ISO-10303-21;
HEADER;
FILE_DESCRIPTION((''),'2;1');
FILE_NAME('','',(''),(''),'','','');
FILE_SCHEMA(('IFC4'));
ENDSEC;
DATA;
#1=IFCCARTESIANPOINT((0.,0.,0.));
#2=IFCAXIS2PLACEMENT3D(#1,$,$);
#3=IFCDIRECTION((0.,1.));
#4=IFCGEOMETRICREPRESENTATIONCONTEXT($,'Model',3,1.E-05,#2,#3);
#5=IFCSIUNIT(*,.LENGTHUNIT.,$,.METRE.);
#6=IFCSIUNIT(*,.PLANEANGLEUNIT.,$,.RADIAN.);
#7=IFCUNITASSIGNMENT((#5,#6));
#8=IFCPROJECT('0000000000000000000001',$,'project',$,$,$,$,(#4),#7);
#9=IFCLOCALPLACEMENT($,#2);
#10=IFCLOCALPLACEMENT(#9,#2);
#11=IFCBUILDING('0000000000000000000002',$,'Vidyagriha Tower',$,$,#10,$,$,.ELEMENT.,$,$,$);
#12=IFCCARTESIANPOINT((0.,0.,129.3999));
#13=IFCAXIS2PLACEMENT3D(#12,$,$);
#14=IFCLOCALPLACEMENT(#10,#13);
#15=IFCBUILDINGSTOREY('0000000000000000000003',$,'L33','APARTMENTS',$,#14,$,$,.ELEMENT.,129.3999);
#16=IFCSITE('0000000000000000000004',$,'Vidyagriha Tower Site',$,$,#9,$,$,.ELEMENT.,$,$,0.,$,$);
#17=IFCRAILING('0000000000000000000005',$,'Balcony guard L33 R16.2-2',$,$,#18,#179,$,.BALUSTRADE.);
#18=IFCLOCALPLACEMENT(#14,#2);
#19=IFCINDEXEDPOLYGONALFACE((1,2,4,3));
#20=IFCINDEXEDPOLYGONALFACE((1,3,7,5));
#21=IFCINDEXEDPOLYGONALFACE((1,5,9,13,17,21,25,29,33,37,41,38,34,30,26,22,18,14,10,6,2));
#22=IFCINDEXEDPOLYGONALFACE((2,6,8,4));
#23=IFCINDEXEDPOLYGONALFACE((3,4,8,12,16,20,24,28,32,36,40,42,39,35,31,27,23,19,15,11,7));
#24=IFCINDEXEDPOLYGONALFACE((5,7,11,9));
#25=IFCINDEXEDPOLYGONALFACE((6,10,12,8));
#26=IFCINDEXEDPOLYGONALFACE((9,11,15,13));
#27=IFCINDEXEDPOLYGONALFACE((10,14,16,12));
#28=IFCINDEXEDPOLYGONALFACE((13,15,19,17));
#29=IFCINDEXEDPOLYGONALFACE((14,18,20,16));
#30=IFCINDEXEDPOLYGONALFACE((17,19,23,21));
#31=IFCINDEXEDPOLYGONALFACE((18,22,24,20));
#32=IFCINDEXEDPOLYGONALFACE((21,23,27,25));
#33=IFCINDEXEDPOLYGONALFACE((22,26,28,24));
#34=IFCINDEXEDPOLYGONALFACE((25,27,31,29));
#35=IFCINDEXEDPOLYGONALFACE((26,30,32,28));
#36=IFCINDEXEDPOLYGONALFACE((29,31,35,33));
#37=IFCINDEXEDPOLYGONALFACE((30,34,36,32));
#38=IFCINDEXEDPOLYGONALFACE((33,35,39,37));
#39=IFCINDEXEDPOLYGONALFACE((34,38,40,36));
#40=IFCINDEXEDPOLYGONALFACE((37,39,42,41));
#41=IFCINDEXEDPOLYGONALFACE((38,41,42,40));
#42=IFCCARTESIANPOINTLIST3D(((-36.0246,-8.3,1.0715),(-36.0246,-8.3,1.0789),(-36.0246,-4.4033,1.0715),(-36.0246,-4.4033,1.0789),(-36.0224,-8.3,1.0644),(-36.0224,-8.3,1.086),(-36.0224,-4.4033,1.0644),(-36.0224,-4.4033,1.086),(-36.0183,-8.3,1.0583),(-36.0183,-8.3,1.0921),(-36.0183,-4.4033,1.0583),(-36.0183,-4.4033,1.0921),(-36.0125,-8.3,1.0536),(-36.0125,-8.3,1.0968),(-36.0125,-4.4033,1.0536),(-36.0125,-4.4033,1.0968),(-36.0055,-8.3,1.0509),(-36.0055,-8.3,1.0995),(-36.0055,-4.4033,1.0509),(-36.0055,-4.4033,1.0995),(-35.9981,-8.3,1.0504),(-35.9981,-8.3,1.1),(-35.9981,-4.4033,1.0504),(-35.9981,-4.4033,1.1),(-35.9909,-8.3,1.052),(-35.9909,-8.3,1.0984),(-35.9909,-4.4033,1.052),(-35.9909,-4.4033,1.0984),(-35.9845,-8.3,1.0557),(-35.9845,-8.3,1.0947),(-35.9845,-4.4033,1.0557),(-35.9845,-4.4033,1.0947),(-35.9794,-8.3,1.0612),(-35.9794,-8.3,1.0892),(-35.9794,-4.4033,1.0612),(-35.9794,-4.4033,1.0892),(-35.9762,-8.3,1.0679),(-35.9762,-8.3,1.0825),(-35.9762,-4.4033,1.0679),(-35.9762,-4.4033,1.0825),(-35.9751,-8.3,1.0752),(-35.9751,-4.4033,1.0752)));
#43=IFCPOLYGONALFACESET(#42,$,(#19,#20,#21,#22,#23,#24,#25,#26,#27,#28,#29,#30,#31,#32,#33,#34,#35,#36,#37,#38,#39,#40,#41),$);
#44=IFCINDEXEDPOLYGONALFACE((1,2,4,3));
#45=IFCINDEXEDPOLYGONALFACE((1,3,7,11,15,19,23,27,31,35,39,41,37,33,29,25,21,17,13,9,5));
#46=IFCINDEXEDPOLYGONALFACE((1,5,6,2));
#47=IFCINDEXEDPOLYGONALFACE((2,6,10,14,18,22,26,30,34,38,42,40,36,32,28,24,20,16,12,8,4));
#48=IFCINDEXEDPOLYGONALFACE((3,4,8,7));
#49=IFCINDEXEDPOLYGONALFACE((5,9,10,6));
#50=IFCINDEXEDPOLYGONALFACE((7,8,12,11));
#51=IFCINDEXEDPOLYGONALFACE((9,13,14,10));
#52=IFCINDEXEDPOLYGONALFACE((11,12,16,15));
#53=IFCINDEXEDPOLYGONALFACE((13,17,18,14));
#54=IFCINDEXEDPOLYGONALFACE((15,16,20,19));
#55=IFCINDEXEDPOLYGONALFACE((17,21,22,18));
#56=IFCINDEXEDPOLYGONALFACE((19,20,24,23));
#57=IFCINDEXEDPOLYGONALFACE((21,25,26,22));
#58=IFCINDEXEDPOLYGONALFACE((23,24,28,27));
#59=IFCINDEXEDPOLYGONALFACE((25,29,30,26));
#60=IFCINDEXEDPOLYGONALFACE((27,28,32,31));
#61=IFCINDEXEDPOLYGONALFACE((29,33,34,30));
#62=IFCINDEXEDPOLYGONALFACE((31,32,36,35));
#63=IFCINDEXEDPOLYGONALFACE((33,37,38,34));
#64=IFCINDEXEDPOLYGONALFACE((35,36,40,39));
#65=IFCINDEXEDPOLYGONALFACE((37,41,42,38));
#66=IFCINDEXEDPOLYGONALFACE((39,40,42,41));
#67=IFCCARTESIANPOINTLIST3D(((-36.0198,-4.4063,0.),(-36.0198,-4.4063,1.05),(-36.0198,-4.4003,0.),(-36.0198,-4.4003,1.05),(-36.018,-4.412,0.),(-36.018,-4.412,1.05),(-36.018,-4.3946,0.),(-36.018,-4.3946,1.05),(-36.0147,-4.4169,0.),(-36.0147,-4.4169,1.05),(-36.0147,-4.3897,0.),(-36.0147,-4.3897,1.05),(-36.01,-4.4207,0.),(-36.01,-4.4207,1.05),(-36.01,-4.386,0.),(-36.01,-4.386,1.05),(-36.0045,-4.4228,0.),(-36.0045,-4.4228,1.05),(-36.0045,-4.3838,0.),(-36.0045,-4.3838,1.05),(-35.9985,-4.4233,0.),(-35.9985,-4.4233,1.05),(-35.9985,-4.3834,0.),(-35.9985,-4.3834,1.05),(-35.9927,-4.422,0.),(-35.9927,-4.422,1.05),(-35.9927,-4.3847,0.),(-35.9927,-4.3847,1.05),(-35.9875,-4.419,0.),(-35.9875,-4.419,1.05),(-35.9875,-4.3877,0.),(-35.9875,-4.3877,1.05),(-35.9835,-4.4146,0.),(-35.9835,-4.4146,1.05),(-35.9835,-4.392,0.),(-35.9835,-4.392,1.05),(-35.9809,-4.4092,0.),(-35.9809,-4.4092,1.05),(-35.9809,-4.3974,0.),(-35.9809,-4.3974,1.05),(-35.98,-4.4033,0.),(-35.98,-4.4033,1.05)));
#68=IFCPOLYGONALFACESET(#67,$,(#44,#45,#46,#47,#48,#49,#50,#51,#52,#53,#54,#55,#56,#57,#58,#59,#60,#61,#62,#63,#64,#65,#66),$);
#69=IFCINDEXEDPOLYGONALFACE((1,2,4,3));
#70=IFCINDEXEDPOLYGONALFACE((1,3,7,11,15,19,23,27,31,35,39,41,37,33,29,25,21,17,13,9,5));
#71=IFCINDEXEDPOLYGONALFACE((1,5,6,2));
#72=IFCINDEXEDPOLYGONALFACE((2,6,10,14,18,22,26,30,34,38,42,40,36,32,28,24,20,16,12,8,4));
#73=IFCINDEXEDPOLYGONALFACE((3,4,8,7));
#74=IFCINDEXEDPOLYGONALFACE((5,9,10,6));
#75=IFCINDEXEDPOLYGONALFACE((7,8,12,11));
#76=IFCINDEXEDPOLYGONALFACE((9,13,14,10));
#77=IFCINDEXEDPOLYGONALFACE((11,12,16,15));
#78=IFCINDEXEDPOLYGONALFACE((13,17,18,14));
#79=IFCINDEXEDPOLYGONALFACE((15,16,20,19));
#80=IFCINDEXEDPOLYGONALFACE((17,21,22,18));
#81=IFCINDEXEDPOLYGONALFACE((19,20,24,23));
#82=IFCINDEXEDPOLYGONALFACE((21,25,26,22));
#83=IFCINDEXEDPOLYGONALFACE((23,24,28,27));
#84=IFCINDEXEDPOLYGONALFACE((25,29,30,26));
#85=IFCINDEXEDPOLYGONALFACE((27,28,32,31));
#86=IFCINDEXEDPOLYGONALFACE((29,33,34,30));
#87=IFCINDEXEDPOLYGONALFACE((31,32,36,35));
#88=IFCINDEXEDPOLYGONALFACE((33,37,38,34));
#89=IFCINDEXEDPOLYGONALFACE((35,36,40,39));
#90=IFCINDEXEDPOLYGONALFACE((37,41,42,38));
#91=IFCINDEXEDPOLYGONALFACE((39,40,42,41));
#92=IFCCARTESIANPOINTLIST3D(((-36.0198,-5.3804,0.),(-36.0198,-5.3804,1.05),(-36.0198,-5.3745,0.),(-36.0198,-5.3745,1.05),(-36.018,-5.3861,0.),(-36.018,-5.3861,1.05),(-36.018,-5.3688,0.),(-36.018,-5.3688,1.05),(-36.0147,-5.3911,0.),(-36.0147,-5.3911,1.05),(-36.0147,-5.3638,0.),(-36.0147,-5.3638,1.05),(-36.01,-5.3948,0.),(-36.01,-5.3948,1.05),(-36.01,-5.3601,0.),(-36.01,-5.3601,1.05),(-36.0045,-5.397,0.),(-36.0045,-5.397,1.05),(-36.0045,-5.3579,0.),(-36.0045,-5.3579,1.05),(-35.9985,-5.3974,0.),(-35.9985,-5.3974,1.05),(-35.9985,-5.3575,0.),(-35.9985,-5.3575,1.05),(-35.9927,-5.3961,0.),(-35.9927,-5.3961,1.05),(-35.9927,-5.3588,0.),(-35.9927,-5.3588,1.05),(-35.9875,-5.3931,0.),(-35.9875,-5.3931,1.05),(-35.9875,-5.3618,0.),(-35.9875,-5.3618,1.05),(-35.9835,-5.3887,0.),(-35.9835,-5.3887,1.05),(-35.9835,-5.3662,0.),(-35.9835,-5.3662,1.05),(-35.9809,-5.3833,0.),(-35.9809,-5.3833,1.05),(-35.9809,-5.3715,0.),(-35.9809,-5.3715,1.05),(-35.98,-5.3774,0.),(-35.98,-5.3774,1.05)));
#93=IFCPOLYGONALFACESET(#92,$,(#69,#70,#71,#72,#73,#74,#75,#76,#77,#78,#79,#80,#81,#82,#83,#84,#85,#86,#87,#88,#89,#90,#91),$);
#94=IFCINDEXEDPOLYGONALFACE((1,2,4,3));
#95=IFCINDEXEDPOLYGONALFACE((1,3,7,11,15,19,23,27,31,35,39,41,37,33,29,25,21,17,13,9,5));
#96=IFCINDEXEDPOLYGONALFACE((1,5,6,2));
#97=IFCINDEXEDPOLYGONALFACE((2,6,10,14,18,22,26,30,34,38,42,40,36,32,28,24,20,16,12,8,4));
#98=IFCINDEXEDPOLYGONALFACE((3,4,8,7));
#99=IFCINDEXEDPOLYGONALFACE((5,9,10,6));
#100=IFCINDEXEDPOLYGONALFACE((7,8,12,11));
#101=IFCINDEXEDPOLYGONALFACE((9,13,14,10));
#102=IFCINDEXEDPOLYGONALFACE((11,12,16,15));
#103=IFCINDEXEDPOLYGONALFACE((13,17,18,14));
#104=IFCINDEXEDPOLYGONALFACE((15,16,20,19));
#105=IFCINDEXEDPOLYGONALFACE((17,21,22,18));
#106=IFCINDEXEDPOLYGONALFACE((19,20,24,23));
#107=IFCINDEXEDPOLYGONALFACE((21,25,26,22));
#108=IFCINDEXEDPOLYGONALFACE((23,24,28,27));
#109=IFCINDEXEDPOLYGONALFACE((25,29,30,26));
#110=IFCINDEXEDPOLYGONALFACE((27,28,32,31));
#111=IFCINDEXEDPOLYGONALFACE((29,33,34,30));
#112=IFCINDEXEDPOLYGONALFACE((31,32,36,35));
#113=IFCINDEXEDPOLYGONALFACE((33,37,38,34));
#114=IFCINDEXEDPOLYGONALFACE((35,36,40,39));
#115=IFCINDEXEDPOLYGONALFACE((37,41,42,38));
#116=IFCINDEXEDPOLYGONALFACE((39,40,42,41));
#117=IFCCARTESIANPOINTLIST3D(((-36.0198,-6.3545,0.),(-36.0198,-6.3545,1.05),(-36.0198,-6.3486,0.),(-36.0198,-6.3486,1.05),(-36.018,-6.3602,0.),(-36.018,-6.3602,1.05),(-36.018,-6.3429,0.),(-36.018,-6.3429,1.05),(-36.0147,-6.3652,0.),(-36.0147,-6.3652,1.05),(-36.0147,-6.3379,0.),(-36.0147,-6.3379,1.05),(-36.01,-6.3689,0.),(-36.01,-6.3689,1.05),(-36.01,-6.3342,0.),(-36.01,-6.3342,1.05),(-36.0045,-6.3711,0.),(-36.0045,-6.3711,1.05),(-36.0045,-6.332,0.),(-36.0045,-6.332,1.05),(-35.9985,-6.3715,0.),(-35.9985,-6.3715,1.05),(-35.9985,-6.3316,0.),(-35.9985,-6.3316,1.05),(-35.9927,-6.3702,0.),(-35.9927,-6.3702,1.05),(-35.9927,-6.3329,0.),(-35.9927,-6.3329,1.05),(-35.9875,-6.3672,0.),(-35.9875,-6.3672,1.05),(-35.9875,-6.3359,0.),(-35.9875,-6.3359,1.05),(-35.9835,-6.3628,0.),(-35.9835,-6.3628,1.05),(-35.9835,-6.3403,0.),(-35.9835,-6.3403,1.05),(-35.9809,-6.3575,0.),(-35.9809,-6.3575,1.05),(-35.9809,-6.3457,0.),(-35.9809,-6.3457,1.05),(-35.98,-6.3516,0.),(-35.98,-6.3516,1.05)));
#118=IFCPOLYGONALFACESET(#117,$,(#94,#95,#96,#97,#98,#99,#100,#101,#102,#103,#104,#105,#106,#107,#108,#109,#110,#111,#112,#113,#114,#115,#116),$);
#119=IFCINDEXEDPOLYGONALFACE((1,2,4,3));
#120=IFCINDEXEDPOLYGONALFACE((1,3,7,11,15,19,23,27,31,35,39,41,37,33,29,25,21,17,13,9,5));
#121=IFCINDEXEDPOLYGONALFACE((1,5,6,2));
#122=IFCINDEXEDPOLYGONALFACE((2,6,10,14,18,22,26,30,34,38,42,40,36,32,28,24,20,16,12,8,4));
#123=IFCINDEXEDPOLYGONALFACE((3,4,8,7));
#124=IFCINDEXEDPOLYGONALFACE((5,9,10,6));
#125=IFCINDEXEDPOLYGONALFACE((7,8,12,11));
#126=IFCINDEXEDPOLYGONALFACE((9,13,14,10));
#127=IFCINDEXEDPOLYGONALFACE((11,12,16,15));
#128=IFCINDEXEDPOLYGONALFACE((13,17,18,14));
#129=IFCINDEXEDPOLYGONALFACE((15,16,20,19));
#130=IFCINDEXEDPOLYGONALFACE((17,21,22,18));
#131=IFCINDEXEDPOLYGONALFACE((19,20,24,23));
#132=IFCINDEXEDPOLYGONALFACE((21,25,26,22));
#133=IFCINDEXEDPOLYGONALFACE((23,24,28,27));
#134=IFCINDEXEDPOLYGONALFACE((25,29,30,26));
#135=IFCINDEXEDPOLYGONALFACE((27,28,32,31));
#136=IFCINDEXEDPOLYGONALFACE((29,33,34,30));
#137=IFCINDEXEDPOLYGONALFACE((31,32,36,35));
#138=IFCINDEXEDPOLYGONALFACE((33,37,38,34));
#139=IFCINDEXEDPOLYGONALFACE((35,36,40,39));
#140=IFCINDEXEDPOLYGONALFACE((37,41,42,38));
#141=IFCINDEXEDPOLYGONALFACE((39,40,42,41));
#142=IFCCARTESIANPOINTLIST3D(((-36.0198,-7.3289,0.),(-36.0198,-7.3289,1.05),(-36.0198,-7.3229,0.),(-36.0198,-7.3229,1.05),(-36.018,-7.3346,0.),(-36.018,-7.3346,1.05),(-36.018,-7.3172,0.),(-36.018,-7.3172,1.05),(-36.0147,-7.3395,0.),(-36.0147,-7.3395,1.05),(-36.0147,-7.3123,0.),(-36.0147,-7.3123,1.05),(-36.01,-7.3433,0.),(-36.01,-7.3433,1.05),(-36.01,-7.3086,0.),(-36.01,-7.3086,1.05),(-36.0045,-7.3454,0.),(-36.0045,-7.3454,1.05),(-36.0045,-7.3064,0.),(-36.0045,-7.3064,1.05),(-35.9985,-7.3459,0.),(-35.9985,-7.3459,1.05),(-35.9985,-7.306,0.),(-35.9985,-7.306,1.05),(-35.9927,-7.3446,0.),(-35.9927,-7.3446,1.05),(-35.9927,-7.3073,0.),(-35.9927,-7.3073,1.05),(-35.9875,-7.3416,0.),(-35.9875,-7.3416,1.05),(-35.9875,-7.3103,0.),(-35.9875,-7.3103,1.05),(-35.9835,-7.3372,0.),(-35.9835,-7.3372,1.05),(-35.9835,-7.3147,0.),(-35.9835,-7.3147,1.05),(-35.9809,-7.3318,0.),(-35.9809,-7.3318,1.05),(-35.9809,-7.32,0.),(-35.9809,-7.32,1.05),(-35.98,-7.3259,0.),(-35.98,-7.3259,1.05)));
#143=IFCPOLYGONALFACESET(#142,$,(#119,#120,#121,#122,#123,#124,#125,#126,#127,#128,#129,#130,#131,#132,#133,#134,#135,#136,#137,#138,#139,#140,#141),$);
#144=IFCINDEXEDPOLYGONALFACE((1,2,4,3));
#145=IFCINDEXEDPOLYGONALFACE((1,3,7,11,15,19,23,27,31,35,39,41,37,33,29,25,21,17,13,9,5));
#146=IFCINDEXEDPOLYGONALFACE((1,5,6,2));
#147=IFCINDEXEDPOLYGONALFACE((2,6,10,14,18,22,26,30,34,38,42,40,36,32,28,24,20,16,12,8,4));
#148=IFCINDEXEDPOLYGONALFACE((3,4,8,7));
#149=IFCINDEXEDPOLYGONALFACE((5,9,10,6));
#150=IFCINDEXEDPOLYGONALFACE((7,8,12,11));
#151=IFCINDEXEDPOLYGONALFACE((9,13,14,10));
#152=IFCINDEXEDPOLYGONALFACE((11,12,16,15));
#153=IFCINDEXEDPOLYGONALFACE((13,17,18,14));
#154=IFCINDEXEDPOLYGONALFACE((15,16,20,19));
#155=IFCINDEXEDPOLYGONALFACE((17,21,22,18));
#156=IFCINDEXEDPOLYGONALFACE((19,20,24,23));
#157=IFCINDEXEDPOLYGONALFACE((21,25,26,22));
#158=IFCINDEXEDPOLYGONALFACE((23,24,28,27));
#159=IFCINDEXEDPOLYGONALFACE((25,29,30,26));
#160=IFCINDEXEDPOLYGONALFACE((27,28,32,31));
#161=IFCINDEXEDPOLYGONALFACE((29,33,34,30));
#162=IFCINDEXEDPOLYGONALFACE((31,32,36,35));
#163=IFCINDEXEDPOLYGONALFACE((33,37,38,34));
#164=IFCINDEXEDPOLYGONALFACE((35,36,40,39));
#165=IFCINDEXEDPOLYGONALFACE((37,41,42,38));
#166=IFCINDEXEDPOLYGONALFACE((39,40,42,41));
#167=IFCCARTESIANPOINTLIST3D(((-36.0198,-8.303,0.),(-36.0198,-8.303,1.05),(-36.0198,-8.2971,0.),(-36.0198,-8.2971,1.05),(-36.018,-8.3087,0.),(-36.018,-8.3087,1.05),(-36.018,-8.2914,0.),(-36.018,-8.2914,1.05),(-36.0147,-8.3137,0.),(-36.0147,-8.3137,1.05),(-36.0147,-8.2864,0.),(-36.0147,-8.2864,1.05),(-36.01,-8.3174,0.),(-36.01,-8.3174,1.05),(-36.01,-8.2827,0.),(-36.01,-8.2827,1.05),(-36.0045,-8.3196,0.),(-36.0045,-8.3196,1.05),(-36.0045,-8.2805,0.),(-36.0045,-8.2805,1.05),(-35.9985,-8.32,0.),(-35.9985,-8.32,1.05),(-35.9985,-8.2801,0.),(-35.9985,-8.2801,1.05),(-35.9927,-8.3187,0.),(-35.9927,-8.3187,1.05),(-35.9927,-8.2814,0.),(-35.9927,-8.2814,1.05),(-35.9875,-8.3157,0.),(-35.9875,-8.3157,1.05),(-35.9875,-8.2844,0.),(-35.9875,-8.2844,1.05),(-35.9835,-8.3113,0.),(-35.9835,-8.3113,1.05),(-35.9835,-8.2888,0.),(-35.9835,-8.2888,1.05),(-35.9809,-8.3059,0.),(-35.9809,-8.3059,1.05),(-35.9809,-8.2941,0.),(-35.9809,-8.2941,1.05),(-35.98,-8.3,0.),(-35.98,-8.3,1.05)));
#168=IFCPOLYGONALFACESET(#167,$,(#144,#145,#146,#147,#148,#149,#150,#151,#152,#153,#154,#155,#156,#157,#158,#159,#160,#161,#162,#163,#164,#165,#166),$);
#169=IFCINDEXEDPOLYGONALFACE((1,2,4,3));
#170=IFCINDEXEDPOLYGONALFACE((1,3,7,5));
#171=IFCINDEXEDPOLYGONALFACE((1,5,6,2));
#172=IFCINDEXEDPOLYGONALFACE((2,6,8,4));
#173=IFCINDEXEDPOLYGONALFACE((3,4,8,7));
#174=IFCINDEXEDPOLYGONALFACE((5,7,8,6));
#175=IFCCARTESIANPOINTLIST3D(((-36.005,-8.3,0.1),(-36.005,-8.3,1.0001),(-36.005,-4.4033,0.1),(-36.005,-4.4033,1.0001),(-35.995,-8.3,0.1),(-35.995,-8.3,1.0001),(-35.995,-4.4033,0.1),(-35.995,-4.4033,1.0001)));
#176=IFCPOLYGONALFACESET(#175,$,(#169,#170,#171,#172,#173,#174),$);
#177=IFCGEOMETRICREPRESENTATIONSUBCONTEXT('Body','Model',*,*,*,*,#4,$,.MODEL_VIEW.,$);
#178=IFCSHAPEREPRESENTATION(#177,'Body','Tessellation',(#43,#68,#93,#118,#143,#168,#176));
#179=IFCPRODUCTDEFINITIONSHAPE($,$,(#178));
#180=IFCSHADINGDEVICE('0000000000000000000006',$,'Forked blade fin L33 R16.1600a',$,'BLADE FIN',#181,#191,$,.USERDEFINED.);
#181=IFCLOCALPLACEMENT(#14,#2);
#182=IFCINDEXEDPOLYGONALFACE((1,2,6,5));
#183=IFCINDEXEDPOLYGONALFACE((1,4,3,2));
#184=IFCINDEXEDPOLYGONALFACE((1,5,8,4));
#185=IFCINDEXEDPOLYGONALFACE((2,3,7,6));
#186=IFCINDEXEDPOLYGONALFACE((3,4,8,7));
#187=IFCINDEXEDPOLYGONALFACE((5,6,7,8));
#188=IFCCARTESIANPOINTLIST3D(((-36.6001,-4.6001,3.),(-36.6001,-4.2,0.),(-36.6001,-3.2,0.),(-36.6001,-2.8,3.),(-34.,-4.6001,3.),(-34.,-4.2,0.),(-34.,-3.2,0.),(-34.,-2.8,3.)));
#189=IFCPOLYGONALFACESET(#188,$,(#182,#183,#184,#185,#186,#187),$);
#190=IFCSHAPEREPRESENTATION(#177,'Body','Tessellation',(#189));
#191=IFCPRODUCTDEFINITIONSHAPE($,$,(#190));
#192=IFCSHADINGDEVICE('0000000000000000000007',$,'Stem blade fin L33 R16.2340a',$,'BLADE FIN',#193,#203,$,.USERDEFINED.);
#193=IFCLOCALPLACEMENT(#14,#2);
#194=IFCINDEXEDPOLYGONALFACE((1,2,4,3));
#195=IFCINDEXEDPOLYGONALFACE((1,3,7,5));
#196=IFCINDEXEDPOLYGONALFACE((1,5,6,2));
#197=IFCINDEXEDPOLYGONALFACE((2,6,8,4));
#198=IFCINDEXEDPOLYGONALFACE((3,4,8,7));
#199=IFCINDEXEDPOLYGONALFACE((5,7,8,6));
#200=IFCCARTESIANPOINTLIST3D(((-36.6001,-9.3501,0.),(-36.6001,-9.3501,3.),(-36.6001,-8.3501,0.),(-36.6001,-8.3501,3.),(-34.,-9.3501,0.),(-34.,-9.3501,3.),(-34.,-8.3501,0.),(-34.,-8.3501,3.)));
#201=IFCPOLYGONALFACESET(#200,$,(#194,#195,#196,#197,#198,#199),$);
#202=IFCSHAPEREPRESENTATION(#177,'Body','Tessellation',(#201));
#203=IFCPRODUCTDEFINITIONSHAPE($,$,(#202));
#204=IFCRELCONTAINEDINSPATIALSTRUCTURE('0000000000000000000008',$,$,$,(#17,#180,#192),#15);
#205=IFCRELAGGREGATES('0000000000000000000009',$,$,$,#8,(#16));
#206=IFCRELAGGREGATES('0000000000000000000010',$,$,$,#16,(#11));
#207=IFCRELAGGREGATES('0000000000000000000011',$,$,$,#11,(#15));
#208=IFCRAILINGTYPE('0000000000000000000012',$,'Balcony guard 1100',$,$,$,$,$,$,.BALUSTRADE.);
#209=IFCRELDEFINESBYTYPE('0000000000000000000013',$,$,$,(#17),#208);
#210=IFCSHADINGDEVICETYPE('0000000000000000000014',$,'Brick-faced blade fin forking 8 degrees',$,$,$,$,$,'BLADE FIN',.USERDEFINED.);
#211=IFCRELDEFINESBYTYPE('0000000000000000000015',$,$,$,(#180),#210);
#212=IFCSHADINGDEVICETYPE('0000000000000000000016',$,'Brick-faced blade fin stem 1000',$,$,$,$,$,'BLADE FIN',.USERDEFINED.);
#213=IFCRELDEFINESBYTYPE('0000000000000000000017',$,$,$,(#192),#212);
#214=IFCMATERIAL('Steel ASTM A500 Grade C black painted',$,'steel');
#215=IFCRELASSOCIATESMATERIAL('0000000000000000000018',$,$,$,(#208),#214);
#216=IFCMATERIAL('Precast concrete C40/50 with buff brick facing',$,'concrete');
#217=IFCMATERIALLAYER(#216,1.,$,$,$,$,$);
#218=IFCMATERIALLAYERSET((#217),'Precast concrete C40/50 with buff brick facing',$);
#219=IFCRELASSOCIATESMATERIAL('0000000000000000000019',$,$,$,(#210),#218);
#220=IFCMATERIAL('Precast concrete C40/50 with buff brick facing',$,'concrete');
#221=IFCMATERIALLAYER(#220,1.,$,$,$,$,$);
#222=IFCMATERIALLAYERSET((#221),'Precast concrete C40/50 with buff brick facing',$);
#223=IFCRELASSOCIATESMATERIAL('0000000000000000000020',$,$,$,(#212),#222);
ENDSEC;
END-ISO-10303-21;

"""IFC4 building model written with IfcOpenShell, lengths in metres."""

from ifc_helpers import new_model, si_unit, direction, frame, origin, origin_2d, place, context, subcontext, project, spatial, polyline, rectangle, circle, outline, extrude, material, layer, layer_set, type_object, element, save


model = new_model("IFC4")

# Units and contexts
model_context = context("Model", 3, precision=1e-05, world=origin(), true_north=direction((0.0, 1.0)))
body_context = subcontext(model_context, "Body", "Model", "MODEL_VIEW")
ifc_project = project(units=[si_unit("LENGTHUNIT", "METRE"), si_unit("PLANEANGLEUNIT", "RADIAN")], contexts=[model_context])

# Site, building, storey
site_placement = place(None, origin())
site = spatial("IfcSite", under=ifc_project, at=site_placement, Name="Vidyagriha Tower Site", CompositionType="ELEMENT", RefElevation=0.0)
building_placement = place(site_placement, origin())
building = spatial("IfcBuilding", under=site, at=building_placement, Name="Vidyagriha Tower", CompositionType="ELEMENT")
storey_placement = place(building_placement, frame((0.0, 0.0, 129.3999)))
storey = spatial("IfcBuildingStorey", under=building, at=storey_placement, Name="L33", Description="APARTMENTS", CompositionType="ELEMENT", Elevation=129.3999)

# Railing
ifc_material_1 = material(Name="Steel ASTM A500 Grade C black painted", Category="steel")
railing_type_1 = type_object("IfcRailingType", Name="Balcony guard 1100", PredefinedType="BALUSTRADE", material=ifc_material_1)
railing_1_placement = place(storey_placement, frame((-36.0, -4.4033, 0.0)))
element("IfcRailing", 1, at=railing_1_placement, inside=storey, type_object=railing_type_1, Name="Balcony guard L33 R16.2-2", PredefinedType="BALUSTRADE", context=body_context, shape_type="SweptSolid", body=[
    extrude(circle(Radius=0.0249, at=origin_2d()), frame((0.0, 0.0, 1.0752), z_axis=(0.0, -1.0, 0.0), x_axis=(1.0, 0.0, 0.0)), (0.0, 0.0, 1.0), 3.8967),
    extrude(circle(Radius=0.02, at=origin_2d()), origin(), (0.0, 0.0, 1.0), 1.05),
    extrude(circle(Radius=0.02, at=origin_2d()), frame((0.0, -0.9741, 0.0)), (0.0, 0.0, 1.0), 1.05),
    extrude(circle(Radius=0.02, at=origin_2d()), frame((0.0, -1.9482, 0.0)), (0.0, 0.0, 1.0), 1.05),
    extrude(circle(Radius=0.02, at=origin_2d()), frame((0.0, -2.9226, 0.0)), (0.0, 0.0, 1.0), 1.05),
    extrude(circle(Radius=0.02, at=origin_2d()), frame((0.0, -3.8967, 0.0)), (0.0, 0.0, 1.0), 1.05),
    extrude(rectangle(XDim=0.01, YDim=0.9001, at=origin_2d()), frame((0.0, 0.0, 0.55), z_axis=(0.0, -1.0, 0.0), x_axis=(1.0, 0.0, 0.0)), (0.0, 0.0, 1.0), 3.8967),
])

# Shading devices
ifc_material_2 = material(Name="Precast concrete C40/50 with buff brick facing", Category="concrete")
ifc_layer_1 = layer(ifc_material_2, 1.0)
ifc_layer_set_1 = layer_set([ifc_layer_1], Name="Precast concrete C40/50 with buff brick facing")
shading_device_type_1 = type_object("IfcShadingDeviceType", Name="Brick-faced blade fin forking 8 degrees", ElementType="BLADE FIN", PredefinedType="USERDEFINED", material=ifc_layer_set_1)
shading_device_1_placement = place(storey_placement, frame((-35.3, -2.8, 0.0), z_axis=(0.0, 0.0, 1.0), x_axis=(0.0, -1.0, 0.0)))
element("IfcShadingDevice", 2, at=shading_device_1_placement, inside=storey, type_object=shading_device_type_1, Name="Forked blade fin L33 R16.1600a", ObjectType="BLADE FIN", PredefinedType="USERDEFINED", context=body_context, shape_type="SweptSolid", body=[
    extrude(outline(polyline([(0.3999, 0.0), (1.3999, 0.0), (1.8, 3.0), (0.0, 3.0), (0.3999, 0.0)])), frame((0.0, 1.3, 0.0), z_axis=(0.0, -1.0, 0.0), x_axis=(1.0, 0.0, 0.0)), (0.0, 0.0, 1.0), 2.6001),
])
ifc_material_3 = material(Name="Precast concrete C40/50 with buff brick facing", Category="concrete")
ifc_layer_2 = layer(ifc_material_3, 1.0)
ifc_layer_set_2 = layer_set([ifc_layer_2], Name="Precast concrete C40/50 with buff brick facing")
shading_device_type_2 = type_object("IfcShadingDeviceType", Name="Brick-faced blade fin stem 1000", ElementType="BLADE FIN", PredefinedType="USERDEFINED", material=ifc_layer_set_2)
shading_device_2_placement = place(storey_placement, frame((-35.3, -8.3501, 0.0), z_axis=(0.0, 0.0, 1.0), x_axis=(0.0, -1.0, 0.0)))
element("IfcShadingDevice", 3, at=shading_device_2_placement, inside=storey, type_object=shading_device_type_2, Name="Stem blade fin L33 R16.2340a", ObjectType="BLADE FIN", PredefinedType="USERDEFINED", context=body_context, shape_type="SweptSolid", body=[
    extrude(outline(polyline([(0.0, 0.0), (1.0, 0.0), (1.0, 3.0), (0.0, 3.0), (0.0, 0.0)])), frame((0.0, 1.3, 0.0), z_axis=(0.0, -1.0, 0.0), x_axis=(1.0, 0.0, 0.0)), (0.0, 0.0, 1.0), 2.6001),
])

save(model, "model.ifc")
